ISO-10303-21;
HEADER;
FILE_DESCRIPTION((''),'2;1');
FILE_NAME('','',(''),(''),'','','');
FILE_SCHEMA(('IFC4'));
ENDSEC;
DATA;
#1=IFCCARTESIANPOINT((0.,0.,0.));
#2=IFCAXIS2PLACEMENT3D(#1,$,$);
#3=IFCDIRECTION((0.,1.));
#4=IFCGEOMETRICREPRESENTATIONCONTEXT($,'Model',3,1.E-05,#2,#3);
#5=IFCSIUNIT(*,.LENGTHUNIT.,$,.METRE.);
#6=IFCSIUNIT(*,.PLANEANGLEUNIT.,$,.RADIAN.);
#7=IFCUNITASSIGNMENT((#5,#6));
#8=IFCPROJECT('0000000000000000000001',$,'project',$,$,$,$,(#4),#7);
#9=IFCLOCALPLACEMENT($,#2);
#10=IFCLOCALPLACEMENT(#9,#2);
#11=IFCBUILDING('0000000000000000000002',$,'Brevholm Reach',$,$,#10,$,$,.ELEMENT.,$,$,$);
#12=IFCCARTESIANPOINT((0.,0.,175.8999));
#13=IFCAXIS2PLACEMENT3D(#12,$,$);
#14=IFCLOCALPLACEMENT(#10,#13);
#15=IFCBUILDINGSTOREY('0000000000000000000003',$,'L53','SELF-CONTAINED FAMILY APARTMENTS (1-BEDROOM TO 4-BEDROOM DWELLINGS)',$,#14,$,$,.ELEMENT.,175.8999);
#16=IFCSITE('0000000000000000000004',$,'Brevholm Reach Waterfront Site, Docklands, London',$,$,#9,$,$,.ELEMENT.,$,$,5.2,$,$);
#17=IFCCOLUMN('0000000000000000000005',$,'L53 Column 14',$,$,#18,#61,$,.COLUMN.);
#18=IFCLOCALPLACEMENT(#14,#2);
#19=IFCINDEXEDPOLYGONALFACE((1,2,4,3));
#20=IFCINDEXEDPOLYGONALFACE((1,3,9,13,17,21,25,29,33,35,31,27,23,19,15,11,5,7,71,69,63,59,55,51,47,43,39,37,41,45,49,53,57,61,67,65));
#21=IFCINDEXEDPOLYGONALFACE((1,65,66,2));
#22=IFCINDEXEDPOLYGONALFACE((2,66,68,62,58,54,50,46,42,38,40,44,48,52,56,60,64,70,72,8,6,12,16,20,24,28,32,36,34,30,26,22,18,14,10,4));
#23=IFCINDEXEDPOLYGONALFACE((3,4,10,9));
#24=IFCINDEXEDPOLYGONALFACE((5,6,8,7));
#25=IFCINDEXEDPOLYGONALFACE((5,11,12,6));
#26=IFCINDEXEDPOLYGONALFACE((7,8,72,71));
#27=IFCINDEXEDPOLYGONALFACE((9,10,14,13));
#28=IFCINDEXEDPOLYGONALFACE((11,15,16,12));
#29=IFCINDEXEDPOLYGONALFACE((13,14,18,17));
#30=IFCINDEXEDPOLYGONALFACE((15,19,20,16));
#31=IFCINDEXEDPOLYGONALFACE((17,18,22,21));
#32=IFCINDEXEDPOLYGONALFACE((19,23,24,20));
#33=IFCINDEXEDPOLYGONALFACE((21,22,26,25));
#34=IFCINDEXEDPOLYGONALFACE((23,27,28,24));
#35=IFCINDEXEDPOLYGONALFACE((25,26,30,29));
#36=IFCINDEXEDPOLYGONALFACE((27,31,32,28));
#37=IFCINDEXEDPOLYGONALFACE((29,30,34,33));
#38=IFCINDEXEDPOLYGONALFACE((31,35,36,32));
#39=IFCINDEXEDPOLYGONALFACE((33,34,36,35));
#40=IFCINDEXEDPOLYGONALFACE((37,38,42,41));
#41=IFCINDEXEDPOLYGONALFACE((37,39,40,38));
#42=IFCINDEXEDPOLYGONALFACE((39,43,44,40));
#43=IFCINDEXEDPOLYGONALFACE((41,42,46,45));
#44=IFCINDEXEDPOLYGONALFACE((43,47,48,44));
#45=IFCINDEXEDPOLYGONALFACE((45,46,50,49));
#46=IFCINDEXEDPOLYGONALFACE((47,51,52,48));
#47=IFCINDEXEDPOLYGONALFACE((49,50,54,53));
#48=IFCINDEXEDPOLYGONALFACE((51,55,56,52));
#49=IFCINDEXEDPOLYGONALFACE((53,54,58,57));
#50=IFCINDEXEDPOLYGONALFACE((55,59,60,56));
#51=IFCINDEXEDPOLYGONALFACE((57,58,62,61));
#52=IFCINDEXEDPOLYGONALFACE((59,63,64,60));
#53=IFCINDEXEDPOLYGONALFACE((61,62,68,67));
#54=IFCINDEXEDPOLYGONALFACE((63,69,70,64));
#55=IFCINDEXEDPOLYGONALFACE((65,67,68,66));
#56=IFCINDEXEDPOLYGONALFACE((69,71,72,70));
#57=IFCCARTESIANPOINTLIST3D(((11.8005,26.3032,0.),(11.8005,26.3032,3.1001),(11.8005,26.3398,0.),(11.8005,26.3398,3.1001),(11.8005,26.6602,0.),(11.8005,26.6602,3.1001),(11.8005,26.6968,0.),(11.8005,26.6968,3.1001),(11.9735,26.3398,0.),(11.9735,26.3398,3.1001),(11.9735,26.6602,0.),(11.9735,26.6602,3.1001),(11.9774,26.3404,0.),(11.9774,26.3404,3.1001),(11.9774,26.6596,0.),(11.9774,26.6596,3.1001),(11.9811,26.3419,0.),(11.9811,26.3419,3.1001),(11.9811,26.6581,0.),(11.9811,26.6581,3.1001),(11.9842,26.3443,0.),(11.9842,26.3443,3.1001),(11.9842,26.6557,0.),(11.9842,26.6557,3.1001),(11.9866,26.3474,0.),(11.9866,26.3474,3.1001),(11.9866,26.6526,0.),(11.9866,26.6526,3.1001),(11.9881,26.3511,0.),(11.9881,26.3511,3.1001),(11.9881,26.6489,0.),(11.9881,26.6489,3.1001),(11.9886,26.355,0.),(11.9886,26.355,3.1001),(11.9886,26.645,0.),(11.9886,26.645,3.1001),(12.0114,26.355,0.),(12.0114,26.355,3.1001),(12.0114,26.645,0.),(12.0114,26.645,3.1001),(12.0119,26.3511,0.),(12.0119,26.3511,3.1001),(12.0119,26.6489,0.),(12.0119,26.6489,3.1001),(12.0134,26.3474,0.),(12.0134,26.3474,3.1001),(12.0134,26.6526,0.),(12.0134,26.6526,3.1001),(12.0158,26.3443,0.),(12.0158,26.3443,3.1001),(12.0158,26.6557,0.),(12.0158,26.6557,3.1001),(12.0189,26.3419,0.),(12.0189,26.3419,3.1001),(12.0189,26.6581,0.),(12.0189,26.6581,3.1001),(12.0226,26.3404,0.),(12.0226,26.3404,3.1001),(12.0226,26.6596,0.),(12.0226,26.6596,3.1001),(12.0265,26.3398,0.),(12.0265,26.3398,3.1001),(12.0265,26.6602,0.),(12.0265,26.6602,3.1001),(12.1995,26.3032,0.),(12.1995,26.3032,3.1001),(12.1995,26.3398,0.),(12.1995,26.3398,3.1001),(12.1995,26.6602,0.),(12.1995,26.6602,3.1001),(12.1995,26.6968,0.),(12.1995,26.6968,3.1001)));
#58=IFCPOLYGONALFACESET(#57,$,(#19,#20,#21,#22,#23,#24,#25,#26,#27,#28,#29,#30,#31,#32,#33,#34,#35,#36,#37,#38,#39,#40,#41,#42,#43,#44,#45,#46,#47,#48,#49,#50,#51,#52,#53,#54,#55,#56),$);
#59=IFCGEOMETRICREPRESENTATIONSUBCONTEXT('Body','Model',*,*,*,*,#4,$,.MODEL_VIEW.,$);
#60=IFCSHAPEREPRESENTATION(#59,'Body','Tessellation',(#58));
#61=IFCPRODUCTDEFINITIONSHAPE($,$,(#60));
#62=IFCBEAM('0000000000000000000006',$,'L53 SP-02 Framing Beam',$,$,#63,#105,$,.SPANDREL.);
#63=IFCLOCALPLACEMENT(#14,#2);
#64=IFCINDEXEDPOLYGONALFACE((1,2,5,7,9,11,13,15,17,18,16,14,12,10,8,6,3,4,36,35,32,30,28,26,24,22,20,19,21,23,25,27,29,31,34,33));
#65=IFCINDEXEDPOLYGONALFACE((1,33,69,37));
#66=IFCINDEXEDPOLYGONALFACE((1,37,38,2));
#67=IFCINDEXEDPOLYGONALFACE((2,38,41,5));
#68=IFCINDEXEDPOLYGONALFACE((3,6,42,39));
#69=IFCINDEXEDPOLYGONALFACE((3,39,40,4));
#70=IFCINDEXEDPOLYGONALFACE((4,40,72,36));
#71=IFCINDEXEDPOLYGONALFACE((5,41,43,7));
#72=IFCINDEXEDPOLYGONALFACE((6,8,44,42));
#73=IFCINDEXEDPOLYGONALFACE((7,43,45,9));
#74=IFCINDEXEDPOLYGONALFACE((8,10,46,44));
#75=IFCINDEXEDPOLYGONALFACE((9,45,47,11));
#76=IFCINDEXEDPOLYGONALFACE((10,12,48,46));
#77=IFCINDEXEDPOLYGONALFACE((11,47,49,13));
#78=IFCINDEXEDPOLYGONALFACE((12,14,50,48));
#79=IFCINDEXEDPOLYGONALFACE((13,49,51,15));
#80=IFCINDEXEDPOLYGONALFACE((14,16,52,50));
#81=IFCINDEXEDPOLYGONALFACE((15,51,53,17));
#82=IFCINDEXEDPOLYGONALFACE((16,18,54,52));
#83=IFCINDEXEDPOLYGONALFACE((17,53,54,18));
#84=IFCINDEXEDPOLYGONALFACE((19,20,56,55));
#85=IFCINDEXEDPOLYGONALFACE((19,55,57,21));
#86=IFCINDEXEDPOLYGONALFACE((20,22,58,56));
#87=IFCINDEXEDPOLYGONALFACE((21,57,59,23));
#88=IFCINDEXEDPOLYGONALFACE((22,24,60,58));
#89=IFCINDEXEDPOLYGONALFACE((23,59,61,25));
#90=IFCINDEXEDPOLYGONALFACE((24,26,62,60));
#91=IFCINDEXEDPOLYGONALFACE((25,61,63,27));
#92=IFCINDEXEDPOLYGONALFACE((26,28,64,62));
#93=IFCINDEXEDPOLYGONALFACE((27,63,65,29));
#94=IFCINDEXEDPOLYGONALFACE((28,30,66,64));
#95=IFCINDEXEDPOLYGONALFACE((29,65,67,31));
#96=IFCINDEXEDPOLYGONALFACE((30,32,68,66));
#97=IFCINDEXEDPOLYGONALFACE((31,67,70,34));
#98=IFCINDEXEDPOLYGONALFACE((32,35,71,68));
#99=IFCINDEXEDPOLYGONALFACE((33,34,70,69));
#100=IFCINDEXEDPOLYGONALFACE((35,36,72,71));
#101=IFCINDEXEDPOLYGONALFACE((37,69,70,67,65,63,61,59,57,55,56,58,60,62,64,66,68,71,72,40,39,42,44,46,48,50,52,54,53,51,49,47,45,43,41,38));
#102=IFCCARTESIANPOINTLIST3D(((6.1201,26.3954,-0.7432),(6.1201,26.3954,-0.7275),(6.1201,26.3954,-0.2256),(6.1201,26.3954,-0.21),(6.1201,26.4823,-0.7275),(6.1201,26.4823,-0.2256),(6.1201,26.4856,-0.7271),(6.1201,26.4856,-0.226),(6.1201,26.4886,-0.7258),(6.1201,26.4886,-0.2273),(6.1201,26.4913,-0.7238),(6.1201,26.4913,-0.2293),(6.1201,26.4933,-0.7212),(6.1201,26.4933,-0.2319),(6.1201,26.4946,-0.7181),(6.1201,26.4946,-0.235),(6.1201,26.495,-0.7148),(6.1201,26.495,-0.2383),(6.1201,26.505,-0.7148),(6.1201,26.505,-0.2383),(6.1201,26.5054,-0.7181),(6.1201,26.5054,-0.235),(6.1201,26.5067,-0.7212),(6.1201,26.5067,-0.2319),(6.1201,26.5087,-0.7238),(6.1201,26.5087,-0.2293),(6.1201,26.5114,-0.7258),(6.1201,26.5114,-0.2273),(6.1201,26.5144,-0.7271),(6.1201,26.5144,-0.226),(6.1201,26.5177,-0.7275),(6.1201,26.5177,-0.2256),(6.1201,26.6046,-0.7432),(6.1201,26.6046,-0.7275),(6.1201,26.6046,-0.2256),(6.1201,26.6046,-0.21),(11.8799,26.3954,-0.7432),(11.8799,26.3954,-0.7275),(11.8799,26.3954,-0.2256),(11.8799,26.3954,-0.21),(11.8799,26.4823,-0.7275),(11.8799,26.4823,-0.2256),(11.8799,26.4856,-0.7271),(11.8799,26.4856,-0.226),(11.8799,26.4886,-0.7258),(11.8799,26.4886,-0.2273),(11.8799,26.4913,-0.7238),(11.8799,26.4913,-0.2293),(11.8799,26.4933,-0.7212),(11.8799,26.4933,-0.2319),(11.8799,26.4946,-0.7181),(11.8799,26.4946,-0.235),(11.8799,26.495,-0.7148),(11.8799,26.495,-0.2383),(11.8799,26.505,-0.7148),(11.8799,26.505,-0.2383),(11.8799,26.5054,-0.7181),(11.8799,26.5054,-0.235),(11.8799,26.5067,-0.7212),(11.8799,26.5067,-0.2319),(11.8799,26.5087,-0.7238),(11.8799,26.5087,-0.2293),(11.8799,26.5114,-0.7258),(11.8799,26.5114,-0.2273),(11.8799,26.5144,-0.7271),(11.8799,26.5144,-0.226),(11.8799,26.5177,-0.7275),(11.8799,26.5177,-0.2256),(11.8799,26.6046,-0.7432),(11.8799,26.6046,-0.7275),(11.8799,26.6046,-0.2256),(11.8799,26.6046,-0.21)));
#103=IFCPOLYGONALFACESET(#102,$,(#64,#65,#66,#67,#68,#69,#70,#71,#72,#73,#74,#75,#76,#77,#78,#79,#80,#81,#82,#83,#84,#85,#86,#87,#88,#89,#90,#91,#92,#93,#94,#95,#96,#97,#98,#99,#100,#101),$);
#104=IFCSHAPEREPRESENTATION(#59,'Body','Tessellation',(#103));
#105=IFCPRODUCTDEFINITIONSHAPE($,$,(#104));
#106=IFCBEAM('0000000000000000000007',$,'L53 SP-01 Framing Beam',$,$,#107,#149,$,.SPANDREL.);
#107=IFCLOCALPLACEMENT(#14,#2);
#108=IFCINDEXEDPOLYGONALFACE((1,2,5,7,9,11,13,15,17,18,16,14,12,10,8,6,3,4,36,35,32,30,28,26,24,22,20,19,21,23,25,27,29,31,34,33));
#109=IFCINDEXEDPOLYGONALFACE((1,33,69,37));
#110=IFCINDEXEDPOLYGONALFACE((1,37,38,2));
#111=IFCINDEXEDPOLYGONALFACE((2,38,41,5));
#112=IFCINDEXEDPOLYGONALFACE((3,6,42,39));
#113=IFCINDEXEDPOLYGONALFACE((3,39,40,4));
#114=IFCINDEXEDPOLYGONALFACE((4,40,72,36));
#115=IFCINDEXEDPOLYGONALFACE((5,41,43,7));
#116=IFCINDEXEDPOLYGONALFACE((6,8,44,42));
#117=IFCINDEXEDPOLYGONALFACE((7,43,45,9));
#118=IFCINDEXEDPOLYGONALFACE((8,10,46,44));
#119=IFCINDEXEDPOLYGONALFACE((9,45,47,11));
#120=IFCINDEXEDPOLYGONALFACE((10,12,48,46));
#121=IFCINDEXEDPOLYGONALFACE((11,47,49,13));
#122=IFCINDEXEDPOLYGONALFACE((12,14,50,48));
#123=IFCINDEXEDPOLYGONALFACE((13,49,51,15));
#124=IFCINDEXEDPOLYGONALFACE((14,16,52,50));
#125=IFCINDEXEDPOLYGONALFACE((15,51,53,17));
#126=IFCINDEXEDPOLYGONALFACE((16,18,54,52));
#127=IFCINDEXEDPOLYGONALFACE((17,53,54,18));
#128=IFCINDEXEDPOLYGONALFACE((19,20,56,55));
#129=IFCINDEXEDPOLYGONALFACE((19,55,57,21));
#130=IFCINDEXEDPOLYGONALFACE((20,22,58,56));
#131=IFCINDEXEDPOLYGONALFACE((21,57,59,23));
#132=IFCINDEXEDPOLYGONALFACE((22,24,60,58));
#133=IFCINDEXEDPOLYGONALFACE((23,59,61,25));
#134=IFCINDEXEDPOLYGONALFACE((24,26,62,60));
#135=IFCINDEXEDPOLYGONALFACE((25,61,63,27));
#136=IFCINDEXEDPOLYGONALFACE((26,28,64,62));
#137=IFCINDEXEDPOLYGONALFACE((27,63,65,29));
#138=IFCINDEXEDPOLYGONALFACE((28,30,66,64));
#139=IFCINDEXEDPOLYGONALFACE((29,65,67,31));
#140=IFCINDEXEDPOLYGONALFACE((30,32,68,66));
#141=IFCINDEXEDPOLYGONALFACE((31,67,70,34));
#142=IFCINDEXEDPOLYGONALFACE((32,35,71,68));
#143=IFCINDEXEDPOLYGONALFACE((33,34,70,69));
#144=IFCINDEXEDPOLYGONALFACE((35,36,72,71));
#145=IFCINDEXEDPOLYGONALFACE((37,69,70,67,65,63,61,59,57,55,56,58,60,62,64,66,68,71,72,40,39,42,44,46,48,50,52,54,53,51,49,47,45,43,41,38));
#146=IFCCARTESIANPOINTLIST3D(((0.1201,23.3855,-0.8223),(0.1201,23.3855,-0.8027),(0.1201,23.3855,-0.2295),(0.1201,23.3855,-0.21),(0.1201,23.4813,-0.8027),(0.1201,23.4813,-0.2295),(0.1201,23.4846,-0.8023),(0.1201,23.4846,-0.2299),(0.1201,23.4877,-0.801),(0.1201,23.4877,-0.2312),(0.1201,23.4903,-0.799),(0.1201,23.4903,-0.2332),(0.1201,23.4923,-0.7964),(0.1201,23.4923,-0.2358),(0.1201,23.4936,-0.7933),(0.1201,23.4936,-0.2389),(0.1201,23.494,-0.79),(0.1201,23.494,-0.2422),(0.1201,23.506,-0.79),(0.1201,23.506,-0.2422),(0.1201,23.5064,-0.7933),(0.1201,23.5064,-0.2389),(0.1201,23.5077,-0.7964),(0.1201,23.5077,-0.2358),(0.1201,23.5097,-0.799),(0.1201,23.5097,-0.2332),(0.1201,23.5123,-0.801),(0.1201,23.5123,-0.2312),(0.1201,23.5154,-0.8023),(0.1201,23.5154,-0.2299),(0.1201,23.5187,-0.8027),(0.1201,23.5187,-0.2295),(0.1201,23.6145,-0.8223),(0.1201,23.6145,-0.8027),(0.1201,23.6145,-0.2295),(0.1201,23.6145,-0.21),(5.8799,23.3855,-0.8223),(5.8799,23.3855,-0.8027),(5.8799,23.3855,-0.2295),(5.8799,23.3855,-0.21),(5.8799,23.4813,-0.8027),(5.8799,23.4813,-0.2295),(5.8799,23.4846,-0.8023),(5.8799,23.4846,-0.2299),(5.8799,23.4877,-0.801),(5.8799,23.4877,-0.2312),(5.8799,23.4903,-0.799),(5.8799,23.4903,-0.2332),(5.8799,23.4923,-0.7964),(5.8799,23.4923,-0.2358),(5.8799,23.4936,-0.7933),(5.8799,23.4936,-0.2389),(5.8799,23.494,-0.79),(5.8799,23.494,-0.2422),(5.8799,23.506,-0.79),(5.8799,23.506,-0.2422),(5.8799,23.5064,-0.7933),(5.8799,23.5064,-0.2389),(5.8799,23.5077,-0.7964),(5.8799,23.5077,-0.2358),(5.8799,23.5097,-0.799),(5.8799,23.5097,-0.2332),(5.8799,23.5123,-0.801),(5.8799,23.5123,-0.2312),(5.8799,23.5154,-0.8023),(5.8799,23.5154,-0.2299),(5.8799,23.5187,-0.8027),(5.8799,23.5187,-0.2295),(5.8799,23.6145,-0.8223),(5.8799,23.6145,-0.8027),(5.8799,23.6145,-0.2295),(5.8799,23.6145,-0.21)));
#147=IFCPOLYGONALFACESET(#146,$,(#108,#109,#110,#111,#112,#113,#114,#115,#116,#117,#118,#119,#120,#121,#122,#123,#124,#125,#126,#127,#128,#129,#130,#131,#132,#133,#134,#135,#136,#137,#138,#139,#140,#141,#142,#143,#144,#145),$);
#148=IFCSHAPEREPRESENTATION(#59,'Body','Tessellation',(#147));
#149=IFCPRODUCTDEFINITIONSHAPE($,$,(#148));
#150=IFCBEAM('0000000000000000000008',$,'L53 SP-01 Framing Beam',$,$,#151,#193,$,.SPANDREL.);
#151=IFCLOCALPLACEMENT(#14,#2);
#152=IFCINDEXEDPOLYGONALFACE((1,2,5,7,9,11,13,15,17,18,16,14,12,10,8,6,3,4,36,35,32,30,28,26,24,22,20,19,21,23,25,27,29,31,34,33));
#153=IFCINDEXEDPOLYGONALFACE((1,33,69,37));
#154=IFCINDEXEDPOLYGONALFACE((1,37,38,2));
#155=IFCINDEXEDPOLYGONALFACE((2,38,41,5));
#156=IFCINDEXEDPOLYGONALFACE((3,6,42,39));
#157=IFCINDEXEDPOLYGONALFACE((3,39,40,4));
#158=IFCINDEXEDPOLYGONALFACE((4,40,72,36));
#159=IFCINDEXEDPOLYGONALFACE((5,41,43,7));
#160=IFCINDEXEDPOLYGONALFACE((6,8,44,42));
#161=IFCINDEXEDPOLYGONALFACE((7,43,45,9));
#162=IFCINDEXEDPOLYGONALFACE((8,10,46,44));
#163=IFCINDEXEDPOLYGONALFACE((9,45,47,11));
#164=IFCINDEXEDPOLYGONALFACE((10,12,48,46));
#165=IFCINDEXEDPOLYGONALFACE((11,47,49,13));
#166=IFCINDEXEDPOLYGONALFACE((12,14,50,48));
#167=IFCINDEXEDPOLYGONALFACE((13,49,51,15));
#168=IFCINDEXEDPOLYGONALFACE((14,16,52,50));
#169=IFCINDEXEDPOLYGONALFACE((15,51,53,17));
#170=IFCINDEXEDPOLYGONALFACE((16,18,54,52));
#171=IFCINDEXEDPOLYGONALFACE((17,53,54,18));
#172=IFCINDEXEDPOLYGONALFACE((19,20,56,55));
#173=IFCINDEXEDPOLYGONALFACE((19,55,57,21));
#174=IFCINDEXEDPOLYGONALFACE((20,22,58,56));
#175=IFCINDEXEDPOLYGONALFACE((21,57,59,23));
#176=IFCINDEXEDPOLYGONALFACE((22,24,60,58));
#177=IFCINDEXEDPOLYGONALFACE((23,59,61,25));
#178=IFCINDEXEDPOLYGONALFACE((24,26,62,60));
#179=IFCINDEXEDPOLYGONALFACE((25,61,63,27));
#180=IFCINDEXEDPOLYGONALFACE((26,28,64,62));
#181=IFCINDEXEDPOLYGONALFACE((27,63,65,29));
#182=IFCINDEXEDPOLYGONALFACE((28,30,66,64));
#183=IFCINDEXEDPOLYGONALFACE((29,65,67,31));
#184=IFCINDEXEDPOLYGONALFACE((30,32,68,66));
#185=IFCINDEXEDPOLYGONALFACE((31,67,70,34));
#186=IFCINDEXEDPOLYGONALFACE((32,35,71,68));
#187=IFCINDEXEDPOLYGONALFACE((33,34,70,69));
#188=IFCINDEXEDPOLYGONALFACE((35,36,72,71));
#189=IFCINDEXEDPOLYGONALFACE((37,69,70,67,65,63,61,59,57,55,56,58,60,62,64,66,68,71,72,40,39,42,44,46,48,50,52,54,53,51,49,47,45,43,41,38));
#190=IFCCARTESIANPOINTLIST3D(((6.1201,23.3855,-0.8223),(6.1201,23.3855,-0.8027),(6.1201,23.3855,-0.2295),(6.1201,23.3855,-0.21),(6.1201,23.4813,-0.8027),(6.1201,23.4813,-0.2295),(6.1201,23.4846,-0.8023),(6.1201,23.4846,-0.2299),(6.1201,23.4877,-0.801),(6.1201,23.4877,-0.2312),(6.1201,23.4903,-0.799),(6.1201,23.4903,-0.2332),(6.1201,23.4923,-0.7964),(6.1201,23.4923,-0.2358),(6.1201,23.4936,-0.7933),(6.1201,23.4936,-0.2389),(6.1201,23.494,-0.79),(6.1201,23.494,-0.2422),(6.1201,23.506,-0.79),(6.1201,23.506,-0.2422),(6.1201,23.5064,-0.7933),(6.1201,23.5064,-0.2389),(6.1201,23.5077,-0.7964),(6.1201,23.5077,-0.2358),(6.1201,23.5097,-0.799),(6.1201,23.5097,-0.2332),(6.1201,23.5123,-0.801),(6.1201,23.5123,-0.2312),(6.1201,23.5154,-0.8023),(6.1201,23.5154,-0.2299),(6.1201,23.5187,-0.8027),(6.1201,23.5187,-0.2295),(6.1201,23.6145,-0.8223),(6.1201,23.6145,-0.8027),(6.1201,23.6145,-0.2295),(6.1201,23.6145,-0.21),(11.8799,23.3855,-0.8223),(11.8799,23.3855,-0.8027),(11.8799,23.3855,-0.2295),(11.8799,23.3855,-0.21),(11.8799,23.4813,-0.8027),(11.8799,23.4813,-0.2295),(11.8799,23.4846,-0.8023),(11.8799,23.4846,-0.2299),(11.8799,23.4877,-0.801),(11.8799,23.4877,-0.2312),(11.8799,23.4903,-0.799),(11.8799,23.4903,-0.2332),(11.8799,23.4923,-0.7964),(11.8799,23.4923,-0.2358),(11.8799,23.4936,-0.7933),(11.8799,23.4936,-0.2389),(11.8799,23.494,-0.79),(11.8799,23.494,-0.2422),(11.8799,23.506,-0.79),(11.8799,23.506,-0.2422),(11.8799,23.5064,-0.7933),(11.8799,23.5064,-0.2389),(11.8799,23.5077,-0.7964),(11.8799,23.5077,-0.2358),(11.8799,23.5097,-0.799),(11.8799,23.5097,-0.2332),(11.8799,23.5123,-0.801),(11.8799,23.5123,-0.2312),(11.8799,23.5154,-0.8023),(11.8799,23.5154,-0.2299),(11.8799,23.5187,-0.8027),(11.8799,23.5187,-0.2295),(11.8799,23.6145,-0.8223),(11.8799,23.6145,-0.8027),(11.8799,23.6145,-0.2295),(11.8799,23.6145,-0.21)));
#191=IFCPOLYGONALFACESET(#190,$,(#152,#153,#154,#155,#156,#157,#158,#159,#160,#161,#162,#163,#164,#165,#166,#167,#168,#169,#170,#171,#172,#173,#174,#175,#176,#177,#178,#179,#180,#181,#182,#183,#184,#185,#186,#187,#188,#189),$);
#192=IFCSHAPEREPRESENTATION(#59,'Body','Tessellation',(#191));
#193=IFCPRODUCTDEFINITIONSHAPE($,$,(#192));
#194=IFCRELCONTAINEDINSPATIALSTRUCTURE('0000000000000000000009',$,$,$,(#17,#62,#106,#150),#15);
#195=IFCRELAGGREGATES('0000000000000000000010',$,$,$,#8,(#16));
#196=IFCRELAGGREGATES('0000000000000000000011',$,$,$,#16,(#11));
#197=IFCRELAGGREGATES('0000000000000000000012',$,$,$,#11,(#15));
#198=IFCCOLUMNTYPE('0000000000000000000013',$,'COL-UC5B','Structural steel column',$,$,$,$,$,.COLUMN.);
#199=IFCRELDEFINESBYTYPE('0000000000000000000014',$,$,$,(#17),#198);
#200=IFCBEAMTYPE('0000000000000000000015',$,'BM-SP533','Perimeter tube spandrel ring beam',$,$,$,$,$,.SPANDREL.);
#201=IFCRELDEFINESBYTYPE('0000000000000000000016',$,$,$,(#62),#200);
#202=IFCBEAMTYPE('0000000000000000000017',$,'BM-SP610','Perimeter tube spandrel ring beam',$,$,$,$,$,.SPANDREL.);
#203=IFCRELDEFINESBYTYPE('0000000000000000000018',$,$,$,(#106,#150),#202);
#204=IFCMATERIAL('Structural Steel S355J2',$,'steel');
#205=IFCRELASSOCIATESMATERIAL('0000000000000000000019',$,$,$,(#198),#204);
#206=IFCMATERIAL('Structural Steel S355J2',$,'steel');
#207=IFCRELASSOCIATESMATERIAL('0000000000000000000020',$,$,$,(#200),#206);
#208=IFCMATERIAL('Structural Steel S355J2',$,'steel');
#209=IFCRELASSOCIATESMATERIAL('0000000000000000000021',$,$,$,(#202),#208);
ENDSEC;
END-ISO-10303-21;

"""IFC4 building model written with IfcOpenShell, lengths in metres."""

from ifc_helpers import new_model, si_unit, direction, frame, origin, origin_2d, place, context, subcontext, project, spatial, i_section, extrude, material, material_profile, profile_set, type_object, element, save


model = new_model("IFC4")

# Units and contexts
model_context = context("Model", 3, precision=1e-05, world=origin(), true_north=direction((0.0, 1.0)))
body_context = subcontext(model_context, "Body", "Model", "MODEL_VIEW")
ifc_project = project(units=[si_unit("LENGTHUNIT", "METRE"), si_unit("PLANEANGLEUNIT", "RADIAN")], contexts=[model_context])

# Site, building, storey
site_placement = place(None, origin())
site = spatial("IfcSite", under=ifc_project, at=site_placement, Name="Brevholm Reach Waterfront Site, Docklands, London", CompositionType="ELEMENT", RefElevation=5.2)
building_placement = place(site_placement, origin())
building = spatial("IfcBuilding", under=site, at=building_placement, Name="Brevholm Reach", CompositionType="ELEMENT")
storey_placement = place(building_placement, frame((0.0, 0.0, 175.8999)))
storey = spatial("IfcBuildingStorey", under=building, at=storey_placement, Name="L53", Description="SELF-CONTAINED FAMILY APARTMENTS (1-BEDROOM TO 4-BEDROOM DWELLINGS)", CompositionType="ELEMENT", Elevation=175.8999)

# Column
ifc_material_1 = material(Name="Structural Steel S355J2", Category="steel")
ifc_material_profile_1 = material_profile(ifc_material_1, i_section(OverallWidth=0.3989, OverallDepth=0.3936, WebThickness=0.0227, FlangeThickness=0.0366, FilletRadius=0.0151, at=origin_2d()), Name="UKC 356x406x287")
ifc_profile_set_1 = profile_set([ifc_material_profile_1], Name="Structural Steel S355J2")
column_type = type_object("IfcColumnType", Name="COL-UC5B", Description="Structural steel column", PredefinedType="COLUMN", material=ifc_profile_set_1)
for number, where, z_axis, x_axis, name in (
    (1, (12.0, 26.5, 0.0), (0.0, 0.0, 1.0), (1.0, 0.0, 0.0), "L53 Column 14"),
):
    element("IfcColumn", number, at=place(storey_placement, frame(where, z_axis=z_axis, x_axis=x_axis)), inside=storey, type_object=column_type, Name=name, PredefinedType="COLUMN", context=body_context, shape_type="SweptSolid", body=[
        extrude(i_section(OverallWidth=0.3989, OverallDepth=0.3936, WebThickness=0.0227, FlangeThickness=0.0366, FilletRadius=0.0151, at=origin_2d()), origin(), (0.0, 0.0, 1.0), 3.1001),
    ])

# Beams
ifc_material_2 = material(Name="Structural Steel S355J2", Category="steel")
ifc_material_profile_2 = material_profile(ifc_material_2, i_section(OverallWidth=0.2092, OverallDepth=0.5332, WebThickness=0.01, FlangeThickness=0.0156, FilletRadius=0.0127, at=origin_2d()), Name="UKB 533x210x92")
ifc_profile_set_2 = profile_set([ifc_material_profile_2], Name="Structural Steel S355J2")
beam_type_1 = type_object("IfcBeamType", Name="BM-SP533", Description="Perimeter tube spandrel ring beam", PredefinedType="SPANDREL", material=ifc_profile_set_2)
beam_1_placement = place(storey_placement, frame((6.1201, 26.5, -0.4766), z_axis=(1.0, 0.0, 0.0), x_axis=(0.0, 1.0, 0.0)))
element("IfcBeam", 2, at=beam_1_placement, inside=storey, type_object=beam_type_1, Name="L53 SP-02 Framing Beam", PredefinedType="SPANDREL", context=body_context, shape_type="SweptSolid", body=[
    extrude(i_section(OverallWidth=0.2092, OverallDepth=0.5332, WebThickness=0.01, FlangeThickness=0.0156, FilletRadius=0.0127, at=origin_2d()), origin(), (0.0, 0.0, 1.0), 5.7598),
])
ifc_material_3 = material(Name="Structural Steel S355J2", Category="steel")
ifc_material_profile_3 = material_profile(ifc_material_3, i_section(OverallWidth=0.229, OverallDepth=0.6123, WebThickness=0.012, FlangeThickness=0.0195, FilletRadius=0.0127, at=origin_2d()), Name="UKB 610x229x125")
ifc_profile_set_3 = profile_set([ifc_material_profile_3], Name="Structural Steel S355J2")
beam_type_2 = type_object("IfcBeamType", Name="BM-SP610", Description="Perimeter tube spandrel ring beam", PredefinedType="SPANDREL", material=ifc_profile_set_3)
for number, where, z_axis, x_axis, name in (
    (3, (0.1201, 23.5, -0.5161), (1.0, 0.0, 0.0), (0.0, 1.0, 0.0), "L53 SP-01 Framing Beam"),
    (4, (6.1201, 23.5, -0.5161), (1.0, 0.0, 0.0), (0.0, 1.0, 0.0), "L53 SP-01 Framing Beam"),
):
    element("IfcBeam", number, at=place(storey_placement, frame(where, z_axis=z_axis, x_axis=x_axis)), inside=storey, type_object=beam_type_2, Name=name, PredefinedType="SPANDREL", context=body_context, shape_type="SweptSolid", body=[
        extrude(i_section(OverallWidth=0.229, OverallDepth=0.6123, WebThickness=0.012, FlangeThickness=0.0195, FilletRadius=0.0127, at=origin_2d()), origin(), (0.0, 0.0, 1.0), 5.7598),
    ])

save(model, "model.ifc")
